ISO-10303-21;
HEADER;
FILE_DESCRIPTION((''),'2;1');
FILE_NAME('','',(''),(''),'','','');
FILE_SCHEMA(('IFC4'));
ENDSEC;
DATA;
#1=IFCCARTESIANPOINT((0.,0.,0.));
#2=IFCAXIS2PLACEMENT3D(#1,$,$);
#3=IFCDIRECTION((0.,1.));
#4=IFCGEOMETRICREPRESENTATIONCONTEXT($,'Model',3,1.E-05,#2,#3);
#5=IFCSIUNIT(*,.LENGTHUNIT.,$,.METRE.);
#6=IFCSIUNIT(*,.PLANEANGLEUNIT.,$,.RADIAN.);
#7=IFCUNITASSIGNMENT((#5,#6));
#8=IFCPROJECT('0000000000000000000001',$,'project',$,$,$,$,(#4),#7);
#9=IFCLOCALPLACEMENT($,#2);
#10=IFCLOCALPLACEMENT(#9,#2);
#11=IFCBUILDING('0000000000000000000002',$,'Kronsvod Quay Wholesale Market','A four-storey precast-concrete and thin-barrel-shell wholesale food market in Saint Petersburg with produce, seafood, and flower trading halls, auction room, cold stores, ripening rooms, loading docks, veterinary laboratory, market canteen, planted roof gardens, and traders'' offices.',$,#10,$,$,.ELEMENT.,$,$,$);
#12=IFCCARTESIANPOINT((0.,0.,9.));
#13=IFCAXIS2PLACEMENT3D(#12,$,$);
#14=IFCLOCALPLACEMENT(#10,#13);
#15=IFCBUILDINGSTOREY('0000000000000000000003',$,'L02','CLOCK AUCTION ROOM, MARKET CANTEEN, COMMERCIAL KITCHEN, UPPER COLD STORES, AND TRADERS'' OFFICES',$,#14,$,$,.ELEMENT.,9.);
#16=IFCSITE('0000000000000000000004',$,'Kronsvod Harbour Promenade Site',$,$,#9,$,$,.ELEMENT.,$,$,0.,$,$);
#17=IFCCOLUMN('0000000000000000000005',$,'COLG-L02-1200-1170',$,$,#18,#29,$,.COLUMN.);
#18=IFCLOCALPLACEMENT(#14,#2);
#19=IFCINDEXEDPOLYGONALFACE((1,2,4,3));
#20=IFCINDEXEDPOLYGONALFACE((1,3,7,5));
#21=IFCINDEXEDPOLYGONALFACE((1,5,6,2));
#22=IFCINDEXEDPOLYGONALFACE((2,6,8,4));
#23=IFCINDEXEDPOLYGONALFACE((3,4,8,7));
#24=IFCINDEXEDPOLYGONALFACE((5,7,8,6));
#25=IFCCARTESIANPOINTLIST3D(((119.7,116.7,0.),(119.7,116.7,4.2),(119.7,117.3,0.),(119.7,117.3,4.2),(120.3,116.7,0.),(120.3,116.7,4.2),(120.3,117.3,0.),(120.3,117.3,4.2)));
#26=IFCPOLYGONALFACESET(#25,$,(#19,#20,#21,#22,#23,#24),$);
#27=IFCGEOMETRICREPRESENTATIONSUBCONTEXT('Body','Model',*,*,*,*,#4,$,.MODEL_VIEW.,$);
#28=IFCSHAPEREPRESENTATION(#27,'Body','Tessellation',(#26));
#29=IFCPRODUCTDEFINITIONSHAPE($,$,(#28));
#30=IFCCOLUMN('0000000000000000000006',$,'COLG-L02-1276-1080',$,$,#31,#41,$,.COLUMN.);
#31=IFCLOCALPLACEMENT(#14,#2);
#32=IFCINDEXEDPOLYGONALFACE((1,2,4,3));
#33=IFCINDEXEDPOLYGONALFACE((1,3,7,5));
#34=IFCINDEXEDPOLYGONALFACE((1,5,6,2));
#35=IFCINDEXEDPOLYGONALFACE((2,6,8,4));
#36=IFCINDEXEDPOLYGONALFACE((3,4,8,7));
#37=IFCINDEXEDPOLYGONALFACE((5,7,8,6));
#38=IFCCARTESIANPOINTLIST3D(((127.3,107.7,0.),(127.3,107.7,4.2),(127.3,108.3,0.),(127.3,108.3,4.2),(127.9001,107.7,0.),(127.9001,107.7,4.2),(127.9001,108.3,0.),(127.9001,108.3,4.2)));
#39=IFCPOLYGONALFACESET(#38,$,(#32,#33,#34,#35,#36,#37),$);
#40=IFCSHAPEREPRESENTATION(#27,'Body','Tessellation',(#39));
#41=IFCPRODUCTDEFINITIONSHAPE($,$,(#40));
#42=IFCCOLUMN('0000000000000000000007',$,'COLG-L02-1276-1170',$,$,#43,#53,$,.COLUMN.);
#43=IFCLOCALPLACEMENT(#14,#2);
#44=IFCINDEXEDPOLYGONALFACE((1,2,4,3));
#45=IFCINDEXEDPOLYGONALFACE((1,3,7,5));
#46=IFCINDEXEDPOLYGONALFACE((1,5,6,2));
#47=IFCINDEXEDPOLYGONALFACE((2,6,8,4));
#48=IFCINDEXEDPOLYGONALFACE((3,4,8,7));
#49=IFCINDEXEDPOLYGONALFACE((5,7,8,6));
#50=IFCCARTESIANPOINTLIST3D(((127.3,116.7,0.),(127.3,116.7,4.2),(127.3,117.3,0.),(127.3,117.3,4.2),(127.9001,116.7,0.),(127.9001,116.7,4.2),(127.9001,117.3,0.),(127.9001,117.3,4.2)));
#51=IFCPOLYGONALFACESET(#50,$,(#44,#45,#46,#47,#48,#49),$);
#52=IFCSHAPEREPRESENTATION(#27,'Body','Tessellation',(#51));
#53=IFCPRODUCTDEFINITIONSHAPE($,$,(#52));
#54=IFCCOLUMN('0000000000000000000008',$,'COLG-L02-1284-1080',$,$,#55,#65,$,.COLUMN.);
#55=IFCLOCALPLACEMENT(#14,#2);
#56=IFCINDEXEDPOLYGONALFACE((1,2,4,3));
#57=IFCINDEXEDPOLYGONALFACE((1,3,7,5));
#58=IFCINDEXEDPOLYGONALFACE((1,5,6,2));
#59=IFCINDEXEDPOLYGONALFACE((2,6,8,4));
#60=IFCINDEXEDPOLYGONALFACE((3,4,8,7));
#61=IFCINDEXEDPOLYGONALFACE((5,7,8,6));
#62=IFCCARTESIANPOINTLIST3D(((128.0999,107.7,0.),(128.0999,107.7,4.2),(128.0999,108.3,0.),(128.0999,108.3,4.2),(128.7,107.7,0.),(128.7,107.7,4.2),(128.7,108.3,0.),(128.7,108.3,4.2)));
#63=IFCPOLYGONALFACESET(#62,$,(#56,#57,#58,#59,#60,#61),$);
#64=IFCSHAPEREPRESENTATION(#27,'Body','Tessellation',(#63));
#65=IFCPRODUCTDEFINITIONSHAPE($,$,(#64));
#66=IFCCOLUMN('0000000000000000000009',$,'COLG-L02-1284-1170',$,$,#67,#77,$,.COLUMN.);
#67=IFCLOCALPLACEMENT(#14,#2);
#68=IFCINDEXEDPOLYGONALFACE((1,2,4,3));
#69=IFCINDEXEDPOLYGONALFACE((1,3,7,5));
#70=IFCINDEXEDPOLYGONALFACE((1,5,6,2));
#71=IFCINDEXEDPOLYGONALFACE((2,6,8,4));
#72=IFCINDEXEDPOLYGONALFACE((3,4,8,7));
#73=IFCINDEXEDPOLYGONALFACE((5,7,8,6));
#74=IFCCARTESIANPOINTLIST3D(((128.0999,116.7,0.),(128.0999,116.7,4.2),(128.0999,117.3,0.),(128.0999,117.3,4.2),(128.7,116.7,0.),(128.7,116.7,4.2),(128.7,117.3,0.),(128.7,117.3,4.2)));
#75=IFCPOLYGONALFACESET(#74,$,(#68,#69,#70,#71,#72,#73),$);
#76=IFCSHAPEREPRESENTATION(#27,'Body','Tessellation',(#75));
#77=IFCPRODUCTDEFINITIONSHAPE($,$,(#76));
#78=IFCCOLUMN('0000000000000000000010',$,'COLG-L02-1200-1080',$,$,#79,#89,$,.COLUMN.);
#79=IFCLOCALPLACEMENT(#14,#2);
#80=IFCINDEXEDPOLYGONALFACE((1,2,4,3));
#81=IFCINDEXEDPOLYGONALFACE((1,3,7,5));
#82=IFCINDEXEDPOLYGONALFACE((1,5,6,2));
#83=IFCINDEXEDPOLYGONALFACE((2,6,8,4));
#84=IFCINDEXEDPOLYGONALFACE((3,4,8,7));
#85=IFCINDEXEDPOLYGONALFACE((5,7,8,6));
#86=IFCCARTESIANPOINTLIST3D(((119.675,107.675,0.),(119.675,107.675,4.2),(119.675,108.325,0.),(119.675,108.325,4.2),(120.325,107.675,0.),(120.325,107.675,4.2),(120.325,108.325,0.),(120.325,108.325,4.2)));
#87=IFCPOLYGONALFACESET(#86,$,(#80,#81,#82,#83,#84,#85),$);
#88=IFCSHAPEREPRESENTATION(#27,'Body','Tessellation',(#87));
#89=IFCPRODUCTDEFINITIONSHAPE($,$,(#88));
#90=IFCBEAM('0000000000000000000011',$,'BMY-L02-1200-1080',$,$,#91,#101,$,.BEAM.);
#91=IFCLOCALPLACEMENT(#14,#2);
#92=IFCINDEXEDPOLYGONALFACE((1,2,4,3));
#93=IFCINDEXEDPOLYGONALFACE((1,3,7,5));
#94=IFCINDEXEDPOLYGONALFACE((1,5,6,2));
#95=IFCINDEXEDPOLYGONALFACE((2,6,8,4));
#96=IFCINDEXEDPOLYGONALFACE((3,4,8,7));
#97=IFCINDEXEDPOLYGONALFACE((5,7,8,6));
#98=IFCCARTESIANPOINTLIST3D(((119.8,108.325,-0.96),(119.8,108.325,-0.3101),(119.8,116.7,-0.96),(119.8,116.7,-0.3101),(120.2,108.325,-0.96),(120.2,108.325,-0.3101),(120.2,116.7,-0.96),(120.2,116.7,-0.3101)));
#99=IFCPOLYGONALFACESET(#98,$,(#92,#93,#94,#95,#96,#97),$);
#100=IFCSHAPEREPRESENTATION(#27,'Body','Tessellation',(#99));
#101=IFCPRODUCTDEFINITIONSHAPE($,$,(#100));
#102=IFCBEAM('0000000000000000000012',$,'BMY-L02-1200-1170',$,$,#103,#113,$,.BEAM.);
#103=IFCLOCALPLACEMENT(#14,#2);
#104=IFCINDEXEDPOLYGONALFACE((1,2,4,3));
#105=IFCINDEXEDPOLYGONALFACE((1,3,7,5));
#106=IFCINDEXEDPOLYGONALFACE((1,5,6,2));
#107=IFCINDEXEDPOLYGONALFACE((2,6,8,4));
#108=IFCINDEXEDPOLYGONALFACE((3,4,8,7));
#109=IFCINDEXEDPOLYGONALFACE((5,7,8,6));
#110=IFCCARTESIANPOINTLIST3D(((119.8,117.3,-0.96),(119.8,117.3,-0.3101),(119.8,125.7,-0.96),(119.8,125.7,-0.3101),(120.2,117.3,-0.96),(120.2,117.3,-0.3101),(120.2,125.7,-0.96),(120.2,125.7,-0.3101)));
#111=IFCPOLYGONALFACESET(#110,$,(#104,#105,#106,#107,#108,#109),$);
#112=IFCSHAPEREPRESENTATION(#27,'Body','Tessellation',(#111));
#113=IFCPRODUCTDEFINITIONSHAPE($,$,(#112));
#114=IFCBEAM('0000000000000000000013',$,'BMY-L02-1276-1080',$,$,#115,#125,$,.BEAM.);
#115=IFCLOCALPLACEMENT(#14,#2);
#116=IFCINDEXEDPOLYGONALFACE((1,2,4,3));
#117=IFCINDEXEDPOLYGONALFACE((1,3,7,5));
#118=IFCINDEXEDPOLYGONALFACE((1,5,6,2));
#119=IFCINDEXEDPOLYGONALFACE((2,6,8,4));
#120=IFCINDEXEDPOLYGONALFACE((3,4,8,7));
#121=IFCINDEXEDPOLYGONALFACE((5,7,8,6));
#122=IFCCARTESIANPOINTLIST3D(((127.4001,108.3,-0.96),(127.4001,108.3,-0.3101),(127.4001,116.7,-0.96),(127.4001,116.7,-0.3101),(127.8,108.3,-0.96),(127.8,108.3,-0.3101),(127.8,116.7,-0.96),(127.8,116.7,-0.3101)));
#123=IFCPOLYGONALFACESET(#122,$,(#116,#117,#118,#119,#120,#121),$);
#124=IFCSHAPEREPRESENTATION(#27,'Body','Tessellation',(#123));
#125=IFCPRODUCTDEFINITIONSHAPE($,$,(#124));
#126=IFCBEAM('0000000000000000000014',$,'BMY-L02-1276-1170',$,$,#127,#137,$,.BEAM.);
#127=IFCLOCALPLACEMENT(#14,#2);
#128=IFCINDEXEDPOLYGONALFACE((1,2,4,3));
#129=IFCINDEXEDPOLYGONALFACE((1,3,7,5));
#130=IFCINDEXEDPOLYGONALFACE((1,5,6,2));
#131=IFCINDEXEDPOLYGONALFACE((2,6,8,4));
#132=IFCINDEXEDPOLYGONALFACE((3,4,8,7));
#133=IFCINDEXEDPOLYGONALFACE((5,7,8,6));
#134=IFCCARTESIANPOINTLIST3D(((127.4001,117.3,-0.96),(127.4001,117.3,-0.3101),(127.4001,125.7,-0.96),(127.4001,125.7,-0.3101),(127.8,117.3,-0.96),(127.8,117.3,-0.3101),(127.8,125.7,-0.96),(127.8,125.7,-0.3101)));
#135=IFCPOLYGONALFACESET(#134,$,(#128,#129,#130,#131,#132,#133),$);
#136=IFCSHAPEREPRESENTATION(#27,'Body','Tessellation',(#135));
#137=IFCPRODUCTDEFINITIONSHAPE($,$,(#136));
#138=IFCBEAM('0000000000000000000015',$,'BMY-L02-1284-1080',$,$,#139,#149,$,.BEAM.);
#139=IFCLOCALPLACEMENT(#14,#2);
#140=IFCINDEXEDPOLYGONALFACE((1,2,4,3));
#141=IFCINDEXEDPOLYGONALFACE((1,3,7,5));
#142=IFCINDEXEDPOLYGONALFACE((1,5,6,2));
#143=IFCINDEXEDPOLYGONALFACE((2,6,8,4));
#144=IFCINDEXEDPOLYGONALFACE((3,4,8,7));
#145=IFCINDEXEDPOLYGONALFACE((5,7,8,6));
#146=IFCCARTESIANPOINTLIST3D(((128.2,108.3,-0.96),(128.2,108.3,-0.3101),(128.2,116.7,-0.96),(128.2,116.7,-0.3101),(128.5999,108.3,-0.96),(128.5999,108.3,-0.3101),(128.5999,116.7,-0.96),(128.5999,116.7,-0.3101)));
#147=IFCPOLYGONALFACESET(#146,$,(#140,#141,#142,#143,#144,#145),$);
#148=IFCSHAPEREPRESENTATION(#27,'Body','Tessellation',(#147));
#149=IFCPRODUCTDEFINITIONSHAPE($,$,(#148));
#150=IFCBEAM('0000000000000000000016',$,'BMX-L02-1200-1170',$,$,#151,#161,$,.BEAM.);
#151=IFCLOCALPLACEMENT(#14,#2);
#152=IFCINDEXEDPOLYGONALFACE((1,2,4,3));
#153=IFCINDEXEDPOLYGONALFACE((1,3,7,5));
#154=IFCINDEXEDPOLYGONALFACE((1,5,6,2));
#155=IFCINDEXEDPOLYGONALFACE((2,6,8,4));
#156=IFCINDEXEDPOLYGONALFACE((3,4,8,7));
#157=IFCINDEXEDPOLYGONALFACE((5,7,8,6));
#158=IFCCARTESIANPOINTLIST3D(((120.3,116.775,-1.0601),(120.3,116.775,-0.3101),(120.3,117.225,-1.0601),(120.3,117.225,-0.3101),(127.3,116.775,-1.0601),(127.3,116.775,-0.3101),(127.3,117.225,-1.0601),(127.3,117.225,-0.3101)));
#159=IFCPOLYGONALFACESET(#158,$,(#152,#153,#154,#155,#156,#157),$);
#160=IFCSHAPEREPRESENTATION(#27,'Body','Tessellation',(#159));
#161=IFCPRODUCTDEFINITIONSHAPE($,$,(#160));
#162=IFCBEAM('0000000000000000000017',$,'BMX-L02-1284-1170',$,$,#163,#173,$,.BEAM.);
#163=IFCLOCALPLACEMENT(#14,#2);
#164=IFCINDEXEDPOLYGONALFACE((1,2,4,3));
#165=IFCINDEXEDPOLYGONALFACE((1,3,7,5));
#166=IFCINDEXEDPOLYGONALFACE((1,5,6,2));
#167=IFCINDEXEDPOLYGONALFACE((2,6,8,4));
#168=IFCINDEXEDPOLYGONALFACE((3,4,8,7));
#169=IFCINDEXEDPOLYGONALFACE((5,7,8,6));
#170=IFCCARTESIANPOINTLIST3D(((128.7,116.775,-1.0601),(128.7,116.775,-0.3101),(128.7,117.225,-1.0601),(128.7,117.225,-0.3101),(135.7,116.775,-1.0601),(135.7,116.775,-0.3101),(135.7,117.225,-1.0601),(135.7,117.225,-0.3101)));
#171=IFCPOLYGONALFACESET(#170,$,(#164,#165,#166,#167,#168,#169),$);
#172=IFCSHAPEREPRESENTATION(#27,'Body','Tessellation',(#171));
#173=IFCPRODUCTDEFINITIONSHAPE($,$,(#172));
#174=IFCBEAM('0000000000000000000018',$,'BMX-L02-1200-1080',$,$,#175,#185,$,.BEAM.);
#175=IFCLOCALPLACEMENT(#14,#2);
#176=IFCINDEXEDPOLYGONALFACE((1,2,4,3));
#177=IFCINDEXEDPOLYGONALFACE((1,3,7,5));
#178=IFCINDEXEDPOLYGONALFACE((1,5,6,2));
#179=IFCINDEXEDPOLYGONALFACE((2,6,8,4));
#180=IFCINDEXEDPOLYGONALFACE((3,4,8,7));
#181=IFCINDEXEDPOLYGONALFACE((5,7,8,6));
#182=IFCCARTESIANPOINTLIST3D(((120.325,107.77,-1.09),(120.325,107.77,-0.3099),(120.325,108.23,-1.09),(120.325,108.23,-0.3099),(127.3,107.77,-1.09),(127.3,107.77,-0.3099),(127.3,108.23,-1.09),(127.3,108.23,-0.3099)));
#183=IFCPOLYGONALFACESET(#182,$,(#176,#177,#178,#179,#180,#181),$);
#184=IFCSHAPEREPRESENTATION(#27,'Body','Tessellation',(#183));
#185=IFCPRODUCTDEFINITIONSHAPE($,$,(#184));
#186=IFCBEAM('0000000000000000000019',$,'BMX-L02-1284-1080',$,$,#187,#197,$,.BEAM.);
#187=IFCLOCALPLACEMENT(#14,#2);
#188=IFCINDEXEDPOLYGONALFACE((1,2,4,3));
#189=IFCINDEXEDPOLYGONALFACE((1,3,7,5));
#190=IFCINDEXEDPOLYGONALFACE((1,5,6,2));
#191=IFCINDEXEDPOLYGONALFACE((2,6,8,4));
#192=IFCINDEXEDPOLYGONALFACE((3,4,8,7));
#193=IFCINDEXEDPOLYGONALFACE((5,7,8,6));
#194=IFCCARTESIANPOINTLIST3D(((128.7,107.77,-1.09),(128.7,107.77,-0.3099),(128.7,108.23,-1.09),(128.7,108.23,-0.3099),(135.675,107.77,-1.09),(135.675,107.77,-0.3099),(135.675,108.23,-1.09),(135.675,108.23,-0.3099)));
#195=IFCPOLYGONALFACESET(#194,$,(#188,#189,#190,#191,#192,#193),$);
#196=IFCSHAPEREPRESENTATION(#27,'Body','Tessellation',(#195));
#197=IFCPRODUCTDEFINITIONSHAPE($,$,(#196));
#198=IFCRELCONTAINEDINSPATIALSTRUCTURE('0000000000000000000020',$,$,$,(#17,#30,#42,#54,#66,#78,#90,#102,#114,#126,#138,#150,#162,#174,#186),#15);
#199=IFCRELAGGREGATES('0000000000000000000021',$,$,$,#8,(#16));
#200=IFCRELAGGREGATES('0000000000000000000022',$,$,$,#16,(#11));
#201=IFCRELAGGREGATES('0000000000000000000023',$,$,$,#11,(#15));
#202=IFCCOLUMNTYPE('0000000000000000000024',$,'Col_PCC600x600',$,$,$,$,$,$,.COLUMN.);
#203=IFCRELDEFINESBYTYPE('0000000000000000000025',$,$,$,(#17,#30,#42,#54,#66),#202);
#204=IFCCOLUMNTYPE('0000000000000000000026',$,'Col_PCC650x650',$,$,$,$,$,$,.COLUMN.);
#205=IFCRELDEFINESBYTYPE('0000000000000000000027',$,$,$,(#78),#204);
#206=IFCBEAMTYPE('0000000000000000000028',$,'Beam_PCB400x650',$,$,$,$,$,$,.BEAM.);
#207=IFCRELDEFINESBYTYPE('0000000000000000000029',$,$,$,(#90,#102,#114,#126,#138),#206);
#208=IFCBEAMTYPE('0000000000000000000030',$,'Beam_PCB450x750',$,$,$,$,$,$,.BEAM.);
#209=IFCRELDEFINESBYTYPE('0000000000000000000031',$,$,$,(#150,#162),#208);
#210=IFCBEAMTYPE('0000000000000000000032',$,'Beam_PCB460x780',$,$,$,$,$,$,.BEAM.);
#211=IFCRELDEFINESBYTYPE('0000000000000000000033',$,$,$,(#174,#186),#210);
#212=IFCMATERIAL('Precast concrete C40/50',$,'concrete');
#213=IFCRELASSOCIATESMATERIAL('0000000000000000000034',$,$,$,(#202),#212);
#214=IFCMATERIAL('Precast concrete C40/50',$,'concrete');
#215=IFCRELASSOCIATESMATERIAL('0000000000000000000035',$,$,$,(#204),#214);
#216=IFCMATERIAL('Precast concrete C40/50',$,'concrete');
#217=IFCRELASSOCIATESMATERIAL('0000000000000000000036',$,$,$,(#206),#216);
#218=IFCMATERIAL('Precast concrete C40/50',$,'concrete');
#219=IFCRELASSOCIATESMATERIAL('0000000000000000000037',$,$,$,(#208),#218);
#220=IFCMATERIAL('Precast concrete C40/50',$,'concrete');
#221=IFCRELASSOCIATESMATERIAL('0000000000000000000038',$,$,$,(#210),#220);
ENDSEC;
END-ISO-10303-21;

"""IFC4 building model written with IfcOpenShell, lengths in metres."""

from ifc_helpers import new_model, si_unit, direction, frame, origin, origin_2d, place, context, subcontext, project, spatial, rectangle, extrude, material, material_profile, profile_set, type_object, element, save


model = new_model("IFC4")

# Units and contexts
model_context = context("Model", 3, precision=1e-05, world=origin(), true_north=direction((0.0, 1.0)))
body_context = subcontext(model_context, "Body", "Model", "MODEL_VIEW")
ifc_project = project(units=[si_unit("LENGTHUNIT", "METRE"), si_unit("PLANEANGLEUNIT", "RADIAN")], contexts=[model_context])

# Site, building, storey
site_placement = place(None, origin())
site = spatial("IfcSite", under=ifc_project, at=site_placement, Name="Kronsvod Harbour Promenade Site", CompositionType="ELEMENT", RefElevation=0.0)
building_placement = place(site_placement, origin())
building = spatial("IfcBuilding", under=site, at=building_placement, Name="Kronsvod Quay Wholesale Market", Description="A four-storey precast-concrete and thin-barrel-shell wholesale food market in Saint Petersburg with produce, seafood, and flower trading halls, auction room, cold stores, ripening rooms, loading docks, veterinary laboratory, market canteen, planted roof gardens, and traders' offices.", CompositionType="ELEMENT")
storey_placement = place(building_placement, frame((0.0, 0.0, 9.0)))
storey = spatial("IfcBuildingStorey", under=building, at=storey_placement, Name="L02", Description="CLOCK AUCTION ROOM, MARKET CANTEEN, COMMERCIAL KITCHEN, UPPER COLD STORES, AND TRADERS' OFFICES", CompositionType="ELEMENT", Elevation=9.0)

# Columns
ifc_material_1 = material(Name="Precast concrete C40/50", Category="concrete")
ifc_material_profile_1 = material_profile(ifc_material_1, rectangle(XDim=0.6001, YDim=0.6001, at=origin_2d()), Name="PCC600x600")
ifc_profile_set_1 = profile_set([ifc_material_profile_1], Name="Precast concrete C40/50")
column_type_1 = type_object("IfcColumnType", Name="Col_PCC600x600", PredefinedType="COLUMN", material=ifc_profile_set_1)
for number, where, z_axis, x_axis, name in (
    (1, (120.0, 117.0, 0.0), (0.0, 0.0, 1.0), (1.0, 0.0, 0.0), "COLG-L02-1200-1170"),
    (2, (127.6001, 108.0, 0.0), (0.0, 0.0, 1.0), (1.0, 0.0, 0.0), "COLG-L02-1276-1080"),
    (3, (127.6001, 117.0, 0.0), (0.0, 0.0, 1.0), (1.0, 0.0, 0.0), "COLG-L02-1276-1170"),
    (4, (128.3999, 108.0, 0.0), (0.0, 0.0, 1.0), (1.0, 0.0, 0.0), "COLG-L02-1284-1080"),
    (5, (128.3999, 117.0, 0.0), (0.0, 0.0, 1.0), (1.0, 0.0, 0.0), "COLG-L02-1284-1170"),
):
    element("IfcColumn", number, at=place(storey_placement, frame(where, z_axis=z_axis, x_axis=x_axis)), inside=storey, type_object=column_type_1, Name=name, PredefinedType="COLUMN", context=body_context, shape_type="SweptSolid", body=[
        extrude(rectangle(XDim=0.6001, YDim=0.6001, at=origin_2d()), origin(), (0.0, 0.0, 1.0), 4.2),
    ])
ifc_material_2 = material(Name="Precast concrete C40/50", Category="concrete")
ifc_material_profile_2 = material_profile(ifc_material_2, rectangle(XDim=0.6499, YDim=0.6499, at=origin_2d()), Name="COL-08")
ifc_profile_set_2 = profile_set([ifc_material_profile_2], Name="Precast concrete C40/50")
column_type_2 = type_object("IfcColumnType", Name="Col_PCC650x650", PredefinedType="COLUMN", material=ifc_profile_set_2)
column_placement = place(storey_placement, frame((120.0, 108.0, 0.0), z_axis=(0.0, 0.0, 1.0), x_axis=(1.0, 0.0, 0.0)))
element("IfcColumn", 6, at=column_placement, inside=storey, type_object=column_type_2, Name="COLG-L02-1200-1080", PredefinedType="COLUMN", context=body_context, shape_type="SweptSolid", body=[
    extrude(rectangle(XDim=0.6499, YDim=0.6499, at=origin_2d()), origin(), (0.0, 0.0, 1.0), 4.2),
])

# Beams
ifc_material_3 = material(Name="Precast concrete C40/50", Category="concrete")
ifc_material_profile_3 = material_profile(ifc_material_3, rectangle(XDim=0.3999, YDim=0.6499, at=origin_2d()), Name="PCB400x650")
ifc_profile_set_3 = profile_set([ifc_material_profile_3], Name="Precast concrete C40/50")
beam_type_1 = type_object("IfcBeamType", Name="Beam_PCB400x650", PredefinedType="BEAM", material=ifc_profile_set_3)
beam_placement = place(storey_placement, frame((120.0, 108.325, -0.635), z_axis=(0.0, 1.0, 0.0), x_axis=(-1.0, 0.0, 0.0)))
element("IfcBeam", 7, at=beam_placement, inside=storey, type_object=beam_type_1, Name="BMY-L02-1200-1080", PredefinedType="BEAM", context=body_context, shape_type="SweptSolid", body=[
    extrude(rectangle(XDim=0.3999, YDim=0.6499, at=origin_2d()), origin(), (0.0, 0.0, 1.0), 8.375),
])
for number, where, z_axis, x_axis, name in (
    (8, (120.0, 117.3, -0.635), (0.0, 1.0, 0.0), (-1.0, 0.0, 0.0), "BMY-L02-1200-1170"),
    (9, (127.6001, 108.3, -0.635), (0.0, 1.0, 0.0), (-1.0, 0.0, 0.0), "BMY-L02-1276-1080"),
    (10, (127.6001, 117.3, -0.635), (0.0, 1.0, 0.0), (-1.0, 0.0, 0.0), "BMY-L02-1276-1170"),
    (11, (128.3999, 108.3, -0.635), (0.0, 1.0, 0.0), (-1.0, 0.0, 0.0), "BMY-L02-1284-1080"),
):
    element("IfcBeam", number, at=place(storey_placement, frame(where, z_axis=z_axis, x_axis=x_axis)), inside=storey, type_object=beam_type_1, Name=name, PredefinedType="BEAM", context=body_context, shape_type="SweptSolid", body=[
        extrude(rectangle(XDim=0.3999, YDim=0.6499, at=origin_2d()), origin(), (0.0, 0.0, 1.0), 8.3999),
    ])
ifc_material_4 = material(Name="Precast concrete C40/50", Category="concrete")
ifc_material_profile_4 = material_profile(ifc_material_4, rectangle(XDim=0.45, YDim=0.75, at=origin_2d()), Name="PCB450x750")
ifc_profile_set_4 = profile_set([ifc_material_profile_4], Name="Precast concrete C40/50")
beam_type_2 = type_object("IfcBeamType", Name="Beam_PCB450x750", PredefinedType="BEAM", material=ifc_profile_set_4)
for number, where, z_axis, x_axis, name in (
    (12, (120.3, 117.0, -0.6851), (1.0, 0.0, 0.0), (0.0, 1.0, 0.0), "BMX-L02-1200-1170"),
    (13, (128.7, 117.0, -0.6851), (1.0, 0.0, 0.0), (0.0, 1.0, 0.0), "BMX-L02-1284-1170"),
):
    element("IfcBeam", number, at=place(storey_placement, frame(where, z_axis=z_axis, x_axis=x_axis)), inside=storey, type_object=beam_type_2, Name=name, PredefinedType="BEAM", context=body_context, shape_type="SweptSolid", body=[
        extrude(rectangle(XDim=0.45, YDim=0.75, at=origin_2d()), origin(), (0.0, 0.0, 1.0), 7.0),
    ])
ifc_material_5 = material(Name="Precast concrete C40/50", Category="concrete")
ifc_material_profile_5 = material_profile(ifc_material_5, rectangle(XDim=0.46, YDim=0.78, at=origin_2d()), Name="PB-03")
ifc_profile_set_5 = profile_set([ifc_material_profile_5], Name="Precast concrete C40/50")
beam_type_3 = type_object("IfcBeamType", Name="Beam_PCB460x780", PredefinedType="BEAM", material=ifc_profile_set_5)
for number, where, z_axis, x_axis, name in (
    (14, (120.325, 108.0, -0.7), (1.0, 0.0, 0.0), (0.0, 1.0, 0.0), "BMX-L02-1200-1080"),
    (15, (128.7, 108.0, -0.7), (1.0, 0.0, 0.0), (0.0, 1.0, 0.0), "BMX-L02-1284-1080"),
):
    element("IfcBeam", number, at=place(storey_placement, frame(where, z_axis=z_axis, x_axis=x_axis)), inside=storey, type_object=beam_type_3, Name=name, PredefinedType="BEAM", context=body_context, shape_type="SweptSolid", body=[
        extrude(rectangle(XDim=0.46, YDim=0.78, at=origin_2d()), origin(), (0.0, 0.0, 1.0), 6.9751),
    ])

save(model, "model.ifc")
